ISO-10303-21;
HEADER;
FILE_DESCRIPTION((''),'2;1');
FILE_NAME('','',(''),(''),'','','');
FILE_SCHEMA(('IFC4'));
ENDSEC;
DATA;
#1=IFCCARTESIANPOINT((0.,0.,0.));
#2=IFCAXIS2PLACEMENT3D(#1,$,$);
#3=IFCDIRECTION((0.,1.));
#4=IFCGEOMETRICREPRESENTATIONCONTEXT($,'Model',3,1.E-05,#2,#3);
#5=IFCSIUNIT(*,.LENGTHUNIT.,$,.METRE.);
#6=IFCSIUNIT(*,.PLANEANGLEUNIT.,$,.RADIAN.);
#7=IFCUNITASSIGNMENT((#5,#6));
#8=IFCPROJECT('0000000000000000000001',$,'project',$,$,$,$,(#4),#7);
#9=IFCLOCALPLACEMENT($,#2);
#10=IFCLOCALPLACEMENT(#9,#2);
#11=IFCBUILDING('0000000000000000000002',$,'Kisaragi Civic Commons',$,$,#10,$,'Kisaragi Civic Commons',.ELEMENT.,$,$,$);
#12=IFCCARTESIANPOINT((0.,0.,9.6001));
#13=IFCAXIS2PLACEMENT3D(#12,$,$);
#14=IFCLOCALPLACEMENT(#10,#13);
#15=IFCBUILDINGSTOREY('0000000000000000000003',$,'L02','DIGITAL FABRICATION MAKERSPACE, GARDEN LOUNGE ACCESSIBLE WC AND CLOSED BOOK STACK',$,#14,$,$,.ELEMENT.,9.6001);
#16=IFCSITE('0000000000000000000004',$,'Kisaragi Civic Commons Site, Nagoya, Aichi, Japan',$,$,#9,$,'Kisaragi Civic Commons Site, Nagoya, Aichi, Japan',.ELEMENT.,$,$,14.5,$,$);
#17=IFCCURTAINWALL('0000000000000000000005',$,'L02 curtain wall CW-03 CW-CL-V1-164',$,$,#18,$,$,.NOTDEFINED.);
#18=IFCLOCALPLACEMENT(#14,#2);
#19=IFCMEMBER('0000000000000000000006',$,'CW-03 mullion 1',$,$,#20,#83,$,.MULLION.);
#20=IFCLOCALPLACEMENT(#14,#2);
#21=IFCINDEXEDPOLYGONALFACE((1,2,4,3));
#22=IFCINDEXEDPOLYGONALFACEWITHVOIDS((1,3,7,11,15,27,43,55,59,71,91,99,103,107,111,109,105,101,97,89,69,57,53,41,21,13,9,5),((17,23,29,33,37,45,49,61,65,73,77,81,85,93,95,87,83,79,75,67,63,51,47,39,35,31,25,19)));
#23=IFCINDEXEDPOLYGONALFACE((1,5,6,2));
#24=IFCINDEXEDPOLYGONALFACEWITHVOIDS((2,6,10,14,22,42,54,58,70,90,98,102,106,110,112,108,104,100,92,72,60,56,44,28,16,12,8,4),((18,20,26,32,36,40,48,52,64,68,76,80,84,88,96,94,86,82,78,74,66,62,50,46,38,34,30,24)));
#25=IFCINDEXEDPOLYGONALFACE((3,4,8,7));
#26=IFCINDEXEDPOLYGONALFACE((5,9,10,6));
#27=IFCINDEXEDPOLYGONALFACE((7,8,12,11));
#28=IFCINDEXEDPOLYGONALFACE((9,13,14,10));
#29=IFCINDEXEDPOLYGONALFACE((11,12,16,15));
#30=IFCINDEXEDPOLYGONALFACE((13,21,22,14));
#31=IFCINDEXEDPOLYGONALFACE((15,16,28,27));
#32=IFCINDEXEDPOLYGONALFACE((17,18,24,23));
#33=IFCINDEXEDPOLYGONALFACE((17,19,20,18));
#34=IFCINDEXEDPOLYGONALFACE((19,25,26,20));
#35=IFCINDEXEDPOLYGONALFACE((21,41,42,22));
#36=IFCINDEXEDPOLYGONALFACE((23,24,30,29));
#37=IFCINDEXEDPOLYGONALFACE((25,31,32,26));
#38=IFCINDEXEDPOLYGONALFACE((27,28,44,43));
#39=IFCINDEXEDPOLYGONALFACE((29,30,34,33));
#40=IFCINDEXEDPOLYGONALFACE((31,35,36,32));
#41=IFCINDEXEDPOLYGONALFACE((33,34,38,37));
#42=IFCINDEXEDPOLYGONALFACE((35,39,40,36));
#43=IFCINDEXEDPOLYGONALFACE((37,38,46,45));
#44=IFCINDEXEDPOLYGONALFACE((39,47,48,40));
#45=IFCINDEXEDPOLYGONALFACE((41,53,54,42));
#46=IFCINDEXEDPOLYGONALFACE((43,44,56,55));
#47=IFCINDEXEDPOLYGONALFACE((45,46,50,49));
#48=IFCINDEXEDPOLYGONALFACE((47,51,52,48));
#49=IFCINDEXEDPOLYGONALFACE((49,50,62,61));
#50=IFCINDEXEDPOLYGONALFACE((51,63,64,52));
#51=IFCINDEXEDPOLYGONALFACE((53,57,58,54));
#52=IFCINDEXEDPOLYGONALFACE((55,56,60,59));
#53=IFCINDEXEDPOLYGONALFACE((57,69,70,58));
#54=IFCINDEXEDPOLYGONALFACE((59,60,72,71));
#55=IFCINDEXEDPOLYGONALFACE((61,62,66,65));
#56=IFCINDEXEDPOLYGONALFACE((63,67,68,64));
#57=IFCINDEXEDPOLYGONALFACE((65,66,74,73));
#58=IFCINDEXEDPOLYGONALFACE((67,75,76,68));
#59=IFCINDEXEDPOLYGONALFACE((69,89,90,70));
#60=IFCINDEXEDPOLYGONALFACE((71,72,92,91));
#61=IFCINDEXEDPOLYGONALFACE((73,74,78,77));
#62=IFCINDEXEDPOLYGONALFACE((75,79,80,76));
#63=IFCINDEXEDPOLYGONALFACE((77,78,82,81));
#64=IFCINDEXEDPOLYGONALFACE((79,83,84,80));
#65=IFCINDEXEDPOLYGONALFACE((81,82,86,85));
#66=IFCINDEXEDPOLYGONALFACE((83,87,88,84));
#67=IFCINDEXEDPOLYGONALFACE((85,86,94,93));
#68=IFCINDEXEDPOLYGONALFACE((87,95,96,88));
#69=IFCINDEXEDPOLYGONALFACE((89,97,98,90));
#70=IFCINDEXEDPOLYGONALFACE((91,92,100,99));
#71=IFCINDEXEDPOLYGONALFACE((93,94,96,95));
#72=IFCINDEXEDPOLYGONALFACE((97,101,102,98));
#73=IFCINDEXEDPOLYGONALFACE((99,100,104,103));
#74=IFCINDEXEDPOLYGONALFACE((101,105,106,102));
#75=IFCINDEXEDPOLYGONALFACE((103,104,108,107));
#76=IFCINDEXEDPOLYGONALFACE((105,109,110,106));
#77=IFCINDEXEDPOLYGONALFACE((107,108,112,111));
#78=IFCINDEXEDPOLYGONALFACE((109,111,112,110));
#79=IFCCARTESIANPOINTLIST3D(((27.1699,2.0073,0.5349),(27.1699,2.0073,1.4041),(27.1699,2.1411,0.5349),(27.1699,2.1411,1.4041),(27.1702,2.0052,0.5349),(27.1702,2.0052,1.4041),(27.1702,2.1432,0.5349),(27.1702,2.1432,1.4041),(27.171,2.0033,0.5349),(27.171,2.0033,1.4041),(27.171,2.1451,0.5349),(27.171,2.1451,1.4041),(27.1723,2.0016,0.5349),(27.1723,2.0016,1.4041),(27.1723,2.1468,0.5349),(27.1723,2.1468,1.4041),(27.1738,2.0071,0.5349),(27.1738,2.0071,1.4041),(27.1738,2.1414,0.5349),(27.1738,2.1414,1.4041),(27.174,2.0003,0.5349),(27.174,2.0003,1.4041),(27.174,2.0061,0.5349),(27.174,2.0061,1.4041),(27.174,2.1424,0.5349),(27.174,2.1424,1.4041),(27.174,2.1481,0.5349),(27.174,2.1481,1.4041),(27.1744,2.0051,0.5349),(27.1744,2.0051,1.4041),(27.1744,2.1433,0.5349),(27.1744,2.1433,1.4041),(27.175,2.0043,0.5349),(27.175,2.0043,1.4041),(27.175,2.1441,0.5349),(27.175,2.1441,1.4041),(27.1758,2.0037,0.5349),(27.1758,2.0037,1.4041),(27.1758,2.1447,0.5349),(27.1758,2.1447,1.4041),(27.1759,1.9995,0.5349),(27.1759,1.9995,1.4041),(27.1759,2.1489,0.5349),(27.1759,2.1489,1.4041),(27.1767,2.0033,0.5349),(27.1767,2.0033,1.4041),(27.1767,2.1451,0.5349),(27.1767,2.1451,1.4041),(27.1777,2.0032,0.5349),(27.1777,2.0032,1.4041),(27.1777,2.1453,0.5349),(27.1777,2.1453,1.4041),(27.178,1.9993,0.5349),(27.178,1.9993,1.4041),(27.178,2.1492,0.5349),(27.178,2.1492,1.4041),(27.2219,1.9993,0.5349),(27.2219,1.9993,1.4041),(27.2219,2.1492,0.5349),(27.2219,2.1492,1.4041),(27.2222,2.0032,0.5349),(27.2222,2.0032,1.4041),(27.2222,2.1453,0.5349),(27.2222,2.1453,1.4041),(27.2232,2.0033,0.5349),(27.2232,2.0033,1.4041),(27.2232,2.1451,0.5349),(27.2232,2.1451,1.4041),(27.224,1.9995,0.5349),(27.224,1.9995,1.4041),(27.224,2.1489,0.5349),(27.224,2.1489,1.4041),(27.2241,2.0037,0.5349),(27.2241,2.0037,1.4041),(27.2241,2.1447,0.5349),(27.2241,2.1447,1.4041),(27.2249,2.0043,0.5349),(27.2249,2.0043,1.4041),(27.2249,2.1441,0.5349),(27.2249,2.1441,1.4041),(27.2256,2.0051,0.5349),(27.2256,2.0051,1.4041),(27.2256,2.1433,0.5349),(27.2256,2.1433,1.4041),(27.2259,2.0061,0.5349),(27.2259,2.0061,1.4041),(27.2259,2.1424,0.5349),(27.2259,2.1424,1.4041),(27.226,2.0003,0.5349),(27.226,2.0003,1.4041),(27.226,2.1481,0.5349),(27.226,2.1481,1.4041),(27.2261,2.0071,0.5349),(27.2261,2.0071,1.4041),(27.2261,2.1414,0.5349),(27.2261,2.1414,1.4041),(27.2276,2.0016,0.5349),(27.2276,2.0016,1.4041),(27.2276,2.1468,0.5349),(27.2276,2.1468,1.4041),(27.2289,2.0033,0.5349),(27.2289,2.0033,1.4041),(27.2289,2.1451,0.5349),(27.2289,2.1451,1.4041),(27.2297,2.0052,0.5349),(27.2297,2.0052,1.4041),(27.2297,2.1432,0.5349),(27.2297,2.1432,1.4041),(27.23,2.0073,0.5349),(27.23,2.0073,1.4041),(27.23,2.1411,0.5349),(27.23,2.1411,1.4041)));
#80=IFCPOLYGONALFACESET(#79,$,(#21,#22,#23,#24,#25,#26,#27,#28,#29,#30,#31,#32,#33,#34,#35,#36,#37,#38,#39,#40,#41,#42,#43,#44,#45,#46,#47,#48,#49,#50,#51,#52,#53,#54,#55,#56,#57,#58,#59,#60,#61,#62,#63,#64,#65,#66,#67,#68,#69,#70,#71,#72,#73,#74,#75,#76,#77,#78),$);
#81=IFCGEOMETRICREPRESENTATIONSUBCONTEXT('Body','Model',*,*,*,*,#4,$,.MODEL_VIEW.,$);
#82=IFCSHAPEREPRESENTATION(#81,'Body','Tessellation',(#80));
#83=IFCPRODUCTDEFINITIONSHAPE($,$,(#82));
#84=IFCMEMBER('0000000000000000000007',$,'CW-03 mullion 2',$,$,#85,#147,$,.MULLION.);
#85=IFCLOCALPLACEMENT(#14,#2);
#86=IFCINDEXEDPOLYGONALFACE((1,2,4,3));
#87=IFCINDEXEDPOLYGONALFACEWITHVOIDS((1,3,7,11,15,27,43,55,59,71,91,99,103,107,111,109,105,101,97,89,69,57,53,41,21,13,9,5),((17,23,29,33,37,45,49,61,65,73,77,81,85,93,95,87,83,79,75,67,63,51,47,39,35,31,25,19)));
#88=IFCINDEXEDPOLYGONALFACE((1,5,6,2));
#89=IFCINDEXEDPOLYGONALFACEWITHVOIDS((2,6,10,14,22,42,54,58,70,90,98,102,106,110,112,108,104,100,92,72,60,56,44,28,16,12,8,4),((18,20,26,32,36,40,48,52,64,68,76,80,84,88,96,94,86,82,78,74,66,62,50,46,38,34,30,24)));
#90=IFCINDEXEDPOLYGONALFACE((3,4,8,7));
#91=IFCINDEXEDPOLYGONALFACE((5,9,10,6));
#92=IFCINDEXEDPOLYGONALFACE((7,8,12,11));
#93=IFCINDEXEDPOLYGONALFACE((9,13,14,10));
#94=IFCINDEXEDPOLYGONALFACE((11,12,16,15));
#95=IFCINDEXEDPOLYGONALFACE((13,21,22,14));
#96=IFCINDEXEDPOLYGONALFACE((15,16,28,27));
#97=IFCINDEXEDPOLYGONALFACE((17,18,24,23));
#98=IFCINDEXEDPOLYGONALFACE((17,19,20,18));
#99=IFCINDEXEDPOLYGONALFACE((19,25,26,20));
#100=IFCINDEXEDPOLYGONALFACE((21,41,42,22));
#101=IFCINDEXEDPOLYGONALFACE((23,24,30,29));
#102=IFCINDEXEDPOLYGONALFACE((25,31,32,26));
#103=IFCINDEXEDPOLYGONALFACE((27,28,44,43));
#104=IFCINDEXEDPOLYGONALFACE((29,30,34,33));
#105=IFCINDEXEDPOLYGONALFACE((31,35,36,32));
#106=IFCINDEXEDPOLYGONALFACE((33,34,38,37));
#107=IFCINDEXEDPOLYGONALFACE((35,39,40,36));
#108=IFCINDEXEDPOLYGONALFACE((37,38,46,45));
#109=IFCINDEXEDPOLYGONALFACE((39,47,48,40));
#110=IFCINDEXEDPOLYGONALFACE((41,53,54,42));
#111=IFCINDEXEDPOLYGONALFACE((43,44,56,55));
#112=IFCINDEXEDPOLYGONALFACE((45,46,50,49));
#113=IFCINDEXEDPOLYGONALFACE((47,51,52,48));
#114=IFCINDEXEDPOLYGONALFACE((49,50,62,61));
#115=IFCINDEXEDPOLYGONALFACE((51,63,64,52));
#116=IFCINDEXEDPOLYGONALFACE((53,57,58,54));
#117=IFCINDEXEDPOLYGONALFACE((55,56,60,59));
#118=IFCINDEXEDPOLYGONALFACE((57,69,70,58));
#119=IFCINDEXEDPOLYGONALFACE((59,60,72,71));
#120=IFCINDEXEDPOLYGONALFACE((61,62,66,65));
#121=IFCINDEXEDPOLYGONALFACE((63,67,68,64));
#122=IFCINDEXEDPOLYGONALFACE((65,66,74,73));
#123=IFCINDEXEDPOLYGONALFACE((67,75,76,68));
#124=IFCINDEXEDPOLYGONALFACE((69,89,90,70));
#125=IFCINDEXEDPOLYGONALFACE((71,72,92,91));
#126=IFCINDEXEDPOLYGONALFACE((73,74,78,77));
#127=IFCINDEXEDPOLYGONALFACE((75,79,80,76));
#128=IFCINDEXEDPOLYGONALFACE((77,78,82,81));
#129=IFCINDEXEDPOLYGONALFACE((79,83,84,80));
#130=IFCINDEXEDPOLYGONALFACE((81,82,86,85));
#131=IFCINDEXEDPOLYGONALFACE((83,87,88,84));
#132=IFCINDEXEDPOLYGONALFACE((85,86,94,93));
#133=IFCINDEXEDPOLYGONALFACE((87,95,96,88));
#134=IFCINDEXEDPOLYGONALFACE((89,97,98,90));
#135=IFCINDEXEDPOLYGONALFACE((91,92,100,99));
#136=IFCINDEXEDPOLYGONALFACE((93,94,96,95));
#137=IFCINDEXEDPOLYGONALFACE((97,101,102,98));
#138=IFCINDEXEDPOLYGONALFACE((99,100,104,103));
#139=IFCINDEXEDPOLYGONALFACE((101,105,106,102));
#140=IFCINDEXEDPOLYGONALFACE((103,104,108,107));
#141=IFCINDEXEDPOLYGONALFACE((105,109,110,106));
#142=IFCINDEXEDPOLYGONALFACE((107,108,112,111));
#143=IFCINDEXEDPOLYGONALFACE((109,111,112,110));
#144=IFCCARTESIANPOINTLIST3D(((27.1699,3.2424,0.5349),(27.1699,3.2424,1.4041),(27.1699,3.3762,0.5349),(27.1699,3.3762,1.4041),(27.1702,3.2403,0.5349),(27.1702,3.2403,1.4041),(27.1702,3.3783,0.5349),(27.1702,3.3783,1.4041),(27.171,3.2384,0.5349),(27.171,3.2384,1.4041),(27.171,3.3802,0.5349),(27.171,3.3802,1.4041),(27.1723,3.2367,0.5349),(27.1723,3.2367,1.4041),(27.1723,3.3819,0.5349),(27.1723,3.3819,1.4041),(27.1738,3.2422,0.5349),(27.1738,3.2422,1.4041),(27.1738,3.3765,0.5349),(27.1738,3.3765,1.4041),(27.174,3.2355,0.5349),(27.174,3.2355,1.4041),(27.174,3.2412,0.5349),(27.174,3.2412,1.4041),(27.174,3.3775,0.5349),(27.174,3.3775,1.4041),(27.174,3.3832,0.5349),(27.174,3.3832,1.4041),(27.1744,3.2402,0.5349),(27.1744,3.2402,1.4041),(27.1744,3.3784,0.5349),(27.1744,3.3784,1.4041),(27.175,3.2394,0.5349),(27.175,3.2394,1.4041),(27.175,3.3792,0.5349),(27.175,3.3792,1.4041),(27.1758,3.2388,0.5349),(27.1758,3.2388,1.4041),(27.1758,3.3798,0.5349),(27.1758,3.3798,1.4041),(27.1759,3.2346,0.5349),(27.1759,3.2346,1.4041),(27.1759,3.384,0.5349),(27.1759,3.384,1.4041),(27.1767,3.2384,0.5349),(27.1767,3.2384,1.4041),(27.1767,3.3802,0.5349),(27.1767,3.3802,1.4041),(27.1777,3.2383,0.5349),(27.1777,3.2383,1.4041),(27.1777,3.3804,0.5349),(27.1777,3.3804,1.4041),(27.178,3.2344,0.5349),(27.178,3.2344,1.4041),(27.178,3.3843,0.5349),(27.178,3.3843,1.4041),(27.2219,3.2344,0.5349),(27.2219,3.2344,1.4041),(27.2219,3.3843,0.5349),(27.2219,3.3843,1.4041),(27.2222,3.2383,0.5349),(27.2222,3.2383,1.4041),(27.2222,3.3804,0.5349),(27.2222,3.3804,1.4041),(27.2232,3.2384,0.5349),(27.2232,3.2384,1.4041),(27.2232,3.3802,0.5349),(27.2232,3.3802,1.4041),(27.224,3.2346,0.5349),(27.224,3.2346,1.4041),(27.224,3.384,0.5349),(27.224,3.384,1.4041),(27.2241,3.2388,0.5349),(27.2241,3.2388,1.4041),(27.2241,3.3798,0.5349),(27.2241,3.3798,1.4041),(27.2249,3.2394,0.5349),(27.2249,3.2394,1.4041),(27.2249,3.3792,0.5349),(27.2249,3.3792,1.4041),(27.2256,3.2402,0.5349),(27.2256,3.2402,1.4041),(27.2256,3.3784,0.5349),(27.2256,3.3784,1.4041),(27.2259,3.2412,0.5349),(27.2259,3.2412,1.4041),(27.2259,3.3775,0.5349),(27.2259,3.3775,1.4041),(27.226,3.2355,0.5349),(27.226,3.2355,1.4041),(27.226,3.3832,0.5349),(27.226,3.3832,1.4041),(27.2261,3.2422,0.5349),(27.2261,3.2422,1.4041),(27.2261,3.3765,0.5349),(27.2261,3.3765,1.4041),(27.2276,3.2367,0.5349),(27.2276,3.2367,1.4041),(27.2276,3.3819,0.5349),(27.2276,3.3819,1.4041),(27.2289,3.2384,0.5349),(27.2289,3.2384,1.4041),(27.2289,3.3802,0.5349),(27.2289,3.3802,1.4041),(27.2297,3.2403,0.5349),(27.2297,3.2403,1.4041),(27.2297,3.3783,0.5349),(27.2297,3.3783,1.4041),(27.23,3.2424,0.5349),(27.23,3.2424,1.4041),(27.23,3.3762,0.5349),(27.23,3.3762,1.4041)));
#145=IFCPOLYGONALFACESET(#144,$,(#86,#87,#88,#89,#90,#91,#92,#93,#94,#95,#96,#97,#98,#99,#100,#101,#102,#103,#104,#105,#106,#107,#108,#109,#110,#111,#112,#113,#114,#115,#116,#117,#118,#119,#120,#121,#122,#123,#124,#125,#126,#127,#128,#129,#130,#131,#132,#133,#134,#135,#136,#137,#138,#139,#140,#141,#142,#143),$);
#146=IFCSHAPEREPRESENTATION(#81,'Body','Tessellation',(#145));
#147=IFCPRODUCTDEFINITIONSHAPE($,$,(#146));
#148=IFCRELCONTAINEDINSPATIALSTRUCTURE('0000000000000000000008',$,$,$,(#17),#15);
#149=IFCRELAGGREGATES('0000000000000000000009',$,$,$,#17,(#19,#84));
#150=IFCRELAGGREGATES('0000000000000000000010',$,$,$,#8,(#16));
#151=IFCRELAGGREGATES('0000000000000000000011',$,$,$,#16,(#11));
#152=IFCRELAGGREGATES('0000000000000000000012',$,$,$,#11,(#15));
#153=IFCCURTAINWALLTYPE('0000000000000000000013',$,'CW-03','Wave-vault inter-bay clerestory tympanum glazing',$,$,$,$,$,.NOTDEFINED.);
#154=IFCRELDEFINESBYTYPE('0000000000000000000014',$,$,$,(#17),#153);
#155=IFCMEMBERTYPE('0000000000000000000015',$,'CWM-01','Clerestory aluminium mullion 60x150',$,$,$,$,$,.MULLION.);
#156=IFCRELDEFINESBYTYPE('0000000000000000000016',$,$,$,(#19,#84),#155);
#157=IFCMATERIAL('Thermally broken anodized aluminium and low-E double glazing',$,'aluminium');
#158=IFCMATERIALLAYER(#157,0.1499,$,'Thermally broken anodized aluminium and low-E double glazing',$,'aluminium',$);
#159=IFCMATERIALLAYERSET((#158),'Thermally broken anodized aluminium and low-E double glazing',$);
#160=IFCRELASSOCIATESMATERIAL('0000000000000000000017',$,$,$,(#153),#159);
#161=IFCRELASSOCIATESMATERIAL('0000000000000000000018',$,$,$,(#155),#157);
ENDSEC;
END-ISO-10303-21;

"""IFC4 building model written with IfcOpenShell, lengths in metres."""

from ifc_helpers import new_model, si_unit, direction, frame, origin, origin_2d, place, context, subcontext, project, spatial, hollow_rectangle, extrude, material, layer, layer_set, material_profile, profile_set, type_object, element, aggregate, save


model = new_model("IFC4")

# Units and contexts
model_context = context("Model", 3, precision=1e-05, world=origin(), true_north=direction((0.0, 1.0)))
body_context = subcontext(model_context, "Body", "Model", "MODEL_VIEW")
ifc_project = project(units=[si_unit("LENGTHUNIT", "METRE"), si_unit("PLANEANGLEUNIT", "RADIAN")], contexts=[model_context])

# Site, building, storey
site_placement = place(None, origin())
site = spatial("IfcSite", under=ifc_project, at=site_placement, Name="Kisaragi Civic Commons Site, Nagoya, Aichi, Japan", LongName="Kisaragi Civic Commons Site, Nagoya, Aichi, Japan", CompositionType="ELEMENT", RefElevation=14.5)
building_placement = place(site_placement, origin())
building = spatial("IfcBuilding", under=site, at=building_placement, Name="Kisaragi Civic Commons", LongName="Kisaragi Civic Commons", CompositionType="ELEMENT")
storey_placement = place(building_placement, frame((0.0, 0.0, 9.6001)))
storey = spatial("IfcBuildingStorey", under=building, at=storey_placement, Name="L02", Description="DIGITAL FABRICATION MAKERSPACE, GARDEN LOUNGE ACCESSIBLE WC AND CLOSED BOOK STACK", CompositionType="ELEMENT", Elevation=9.6001)

# Curtain wall, members
ifc_material_1 = material(Name="Thermally broken anodized aluminium and low-E double glazing", Category="aluminium")
ifc_layer_1 = layer(ifc_material_1, 0.1499, Name="Thermally broken anodized aluminium and low-E double glazing", Category="aluminium")
ifc_layer_set_1 = layer_set([ifc_layer_1], Name="Thermally broken anodized aluminium and low-E double glazing")
curtain_wall_type = type_object("IfcCurtainWallType", Name="CW-03", Description="Wave-vault inter-bay clerestory tympanum glazing", PredefinedType="NOTDEFINED", material=ifc_layer_set_1)
curtain_wall_1_placement = place(storey_placement, origin())
curtain_wall_1 = element("IfcCurtainWall", 1, at=curtain_wall_1_placement, inside=storey, type_object=curtain_wall_type, Name="L02 curtain wall CW-03 CW-CL-V1-164", PredefinedType="NOTDEFINED")
ifc_material_profile_1 = material_profile(ifc_material_1, hollow_rectangle(XDim=0.0601, YDim=0.1499, WallThickness=0.0039, InnerFilletRadius=0.0039, OuterFilletRadius=0.0081, at=origin_2d()), Name="CWM-60x150x4", Category="aluminium")
ifc_profile_set_1 = profile_set([ifc_material_profile_1], Name="Thermally broken anodized aluminium and low-E double glazing")
member_type_1 = type_object("IfcMemberType", Name="CWM-01", Description="Clerestory aluminium mullion 60x150", PredefinedType="MULLION", material=ifc_profile_set_1)
member_1_placement = place(storey_placement, frame((27.2, 2.0742, 0.5349), z_axis=(0.0, 0.0, 1.0), x_axis=(-1.0, 0.0, 0.0)))
member_1 = element("IfcMember", 2, at=member_1_placement, type_object=member_type_1, Name="CW-03 mullion 1", PredefinedType="MULLION", context=body_context, shape_type="SweptSolid", body=[
    extrude(hollow_rectangle(XDim=0.0601, YDim=0.1499, WallThickness=0.0039, InnerFilletRadius=0.0039, OuterFilletRadius=0.0081, at=origin_2d()), origin(), (0.0, 0.0, 1.0), 0.8691),
])
member_2_placement = place(storey_placement, frame((27.2, 3.3093, 0.5349), z_axis=(0.0, 0.0, 1.0), x_axis=(-1.0, 0.0, 0.0)))
member_2 = element("IfcMember", 3, at=member_2_placement, type_object=member_type_1, Name="CW-03 mullion 2", PredefinedType="MULLION", context=body_context, shape_type="SweptSolid", body=[
    extrude(hollow_rectangle(XDim=0.0601, YDim=0.1499, WallThickness=0.0039, InnerFilletRadius=0.0039, OuterFilletRadius=0.0081, at=origin_2d()), origin(), (0.0, 0.0, 1.0), 0.8691),
])

aggregate(curtain_wall_1, [member_1, member_2])

save(model, "model.ifc")
